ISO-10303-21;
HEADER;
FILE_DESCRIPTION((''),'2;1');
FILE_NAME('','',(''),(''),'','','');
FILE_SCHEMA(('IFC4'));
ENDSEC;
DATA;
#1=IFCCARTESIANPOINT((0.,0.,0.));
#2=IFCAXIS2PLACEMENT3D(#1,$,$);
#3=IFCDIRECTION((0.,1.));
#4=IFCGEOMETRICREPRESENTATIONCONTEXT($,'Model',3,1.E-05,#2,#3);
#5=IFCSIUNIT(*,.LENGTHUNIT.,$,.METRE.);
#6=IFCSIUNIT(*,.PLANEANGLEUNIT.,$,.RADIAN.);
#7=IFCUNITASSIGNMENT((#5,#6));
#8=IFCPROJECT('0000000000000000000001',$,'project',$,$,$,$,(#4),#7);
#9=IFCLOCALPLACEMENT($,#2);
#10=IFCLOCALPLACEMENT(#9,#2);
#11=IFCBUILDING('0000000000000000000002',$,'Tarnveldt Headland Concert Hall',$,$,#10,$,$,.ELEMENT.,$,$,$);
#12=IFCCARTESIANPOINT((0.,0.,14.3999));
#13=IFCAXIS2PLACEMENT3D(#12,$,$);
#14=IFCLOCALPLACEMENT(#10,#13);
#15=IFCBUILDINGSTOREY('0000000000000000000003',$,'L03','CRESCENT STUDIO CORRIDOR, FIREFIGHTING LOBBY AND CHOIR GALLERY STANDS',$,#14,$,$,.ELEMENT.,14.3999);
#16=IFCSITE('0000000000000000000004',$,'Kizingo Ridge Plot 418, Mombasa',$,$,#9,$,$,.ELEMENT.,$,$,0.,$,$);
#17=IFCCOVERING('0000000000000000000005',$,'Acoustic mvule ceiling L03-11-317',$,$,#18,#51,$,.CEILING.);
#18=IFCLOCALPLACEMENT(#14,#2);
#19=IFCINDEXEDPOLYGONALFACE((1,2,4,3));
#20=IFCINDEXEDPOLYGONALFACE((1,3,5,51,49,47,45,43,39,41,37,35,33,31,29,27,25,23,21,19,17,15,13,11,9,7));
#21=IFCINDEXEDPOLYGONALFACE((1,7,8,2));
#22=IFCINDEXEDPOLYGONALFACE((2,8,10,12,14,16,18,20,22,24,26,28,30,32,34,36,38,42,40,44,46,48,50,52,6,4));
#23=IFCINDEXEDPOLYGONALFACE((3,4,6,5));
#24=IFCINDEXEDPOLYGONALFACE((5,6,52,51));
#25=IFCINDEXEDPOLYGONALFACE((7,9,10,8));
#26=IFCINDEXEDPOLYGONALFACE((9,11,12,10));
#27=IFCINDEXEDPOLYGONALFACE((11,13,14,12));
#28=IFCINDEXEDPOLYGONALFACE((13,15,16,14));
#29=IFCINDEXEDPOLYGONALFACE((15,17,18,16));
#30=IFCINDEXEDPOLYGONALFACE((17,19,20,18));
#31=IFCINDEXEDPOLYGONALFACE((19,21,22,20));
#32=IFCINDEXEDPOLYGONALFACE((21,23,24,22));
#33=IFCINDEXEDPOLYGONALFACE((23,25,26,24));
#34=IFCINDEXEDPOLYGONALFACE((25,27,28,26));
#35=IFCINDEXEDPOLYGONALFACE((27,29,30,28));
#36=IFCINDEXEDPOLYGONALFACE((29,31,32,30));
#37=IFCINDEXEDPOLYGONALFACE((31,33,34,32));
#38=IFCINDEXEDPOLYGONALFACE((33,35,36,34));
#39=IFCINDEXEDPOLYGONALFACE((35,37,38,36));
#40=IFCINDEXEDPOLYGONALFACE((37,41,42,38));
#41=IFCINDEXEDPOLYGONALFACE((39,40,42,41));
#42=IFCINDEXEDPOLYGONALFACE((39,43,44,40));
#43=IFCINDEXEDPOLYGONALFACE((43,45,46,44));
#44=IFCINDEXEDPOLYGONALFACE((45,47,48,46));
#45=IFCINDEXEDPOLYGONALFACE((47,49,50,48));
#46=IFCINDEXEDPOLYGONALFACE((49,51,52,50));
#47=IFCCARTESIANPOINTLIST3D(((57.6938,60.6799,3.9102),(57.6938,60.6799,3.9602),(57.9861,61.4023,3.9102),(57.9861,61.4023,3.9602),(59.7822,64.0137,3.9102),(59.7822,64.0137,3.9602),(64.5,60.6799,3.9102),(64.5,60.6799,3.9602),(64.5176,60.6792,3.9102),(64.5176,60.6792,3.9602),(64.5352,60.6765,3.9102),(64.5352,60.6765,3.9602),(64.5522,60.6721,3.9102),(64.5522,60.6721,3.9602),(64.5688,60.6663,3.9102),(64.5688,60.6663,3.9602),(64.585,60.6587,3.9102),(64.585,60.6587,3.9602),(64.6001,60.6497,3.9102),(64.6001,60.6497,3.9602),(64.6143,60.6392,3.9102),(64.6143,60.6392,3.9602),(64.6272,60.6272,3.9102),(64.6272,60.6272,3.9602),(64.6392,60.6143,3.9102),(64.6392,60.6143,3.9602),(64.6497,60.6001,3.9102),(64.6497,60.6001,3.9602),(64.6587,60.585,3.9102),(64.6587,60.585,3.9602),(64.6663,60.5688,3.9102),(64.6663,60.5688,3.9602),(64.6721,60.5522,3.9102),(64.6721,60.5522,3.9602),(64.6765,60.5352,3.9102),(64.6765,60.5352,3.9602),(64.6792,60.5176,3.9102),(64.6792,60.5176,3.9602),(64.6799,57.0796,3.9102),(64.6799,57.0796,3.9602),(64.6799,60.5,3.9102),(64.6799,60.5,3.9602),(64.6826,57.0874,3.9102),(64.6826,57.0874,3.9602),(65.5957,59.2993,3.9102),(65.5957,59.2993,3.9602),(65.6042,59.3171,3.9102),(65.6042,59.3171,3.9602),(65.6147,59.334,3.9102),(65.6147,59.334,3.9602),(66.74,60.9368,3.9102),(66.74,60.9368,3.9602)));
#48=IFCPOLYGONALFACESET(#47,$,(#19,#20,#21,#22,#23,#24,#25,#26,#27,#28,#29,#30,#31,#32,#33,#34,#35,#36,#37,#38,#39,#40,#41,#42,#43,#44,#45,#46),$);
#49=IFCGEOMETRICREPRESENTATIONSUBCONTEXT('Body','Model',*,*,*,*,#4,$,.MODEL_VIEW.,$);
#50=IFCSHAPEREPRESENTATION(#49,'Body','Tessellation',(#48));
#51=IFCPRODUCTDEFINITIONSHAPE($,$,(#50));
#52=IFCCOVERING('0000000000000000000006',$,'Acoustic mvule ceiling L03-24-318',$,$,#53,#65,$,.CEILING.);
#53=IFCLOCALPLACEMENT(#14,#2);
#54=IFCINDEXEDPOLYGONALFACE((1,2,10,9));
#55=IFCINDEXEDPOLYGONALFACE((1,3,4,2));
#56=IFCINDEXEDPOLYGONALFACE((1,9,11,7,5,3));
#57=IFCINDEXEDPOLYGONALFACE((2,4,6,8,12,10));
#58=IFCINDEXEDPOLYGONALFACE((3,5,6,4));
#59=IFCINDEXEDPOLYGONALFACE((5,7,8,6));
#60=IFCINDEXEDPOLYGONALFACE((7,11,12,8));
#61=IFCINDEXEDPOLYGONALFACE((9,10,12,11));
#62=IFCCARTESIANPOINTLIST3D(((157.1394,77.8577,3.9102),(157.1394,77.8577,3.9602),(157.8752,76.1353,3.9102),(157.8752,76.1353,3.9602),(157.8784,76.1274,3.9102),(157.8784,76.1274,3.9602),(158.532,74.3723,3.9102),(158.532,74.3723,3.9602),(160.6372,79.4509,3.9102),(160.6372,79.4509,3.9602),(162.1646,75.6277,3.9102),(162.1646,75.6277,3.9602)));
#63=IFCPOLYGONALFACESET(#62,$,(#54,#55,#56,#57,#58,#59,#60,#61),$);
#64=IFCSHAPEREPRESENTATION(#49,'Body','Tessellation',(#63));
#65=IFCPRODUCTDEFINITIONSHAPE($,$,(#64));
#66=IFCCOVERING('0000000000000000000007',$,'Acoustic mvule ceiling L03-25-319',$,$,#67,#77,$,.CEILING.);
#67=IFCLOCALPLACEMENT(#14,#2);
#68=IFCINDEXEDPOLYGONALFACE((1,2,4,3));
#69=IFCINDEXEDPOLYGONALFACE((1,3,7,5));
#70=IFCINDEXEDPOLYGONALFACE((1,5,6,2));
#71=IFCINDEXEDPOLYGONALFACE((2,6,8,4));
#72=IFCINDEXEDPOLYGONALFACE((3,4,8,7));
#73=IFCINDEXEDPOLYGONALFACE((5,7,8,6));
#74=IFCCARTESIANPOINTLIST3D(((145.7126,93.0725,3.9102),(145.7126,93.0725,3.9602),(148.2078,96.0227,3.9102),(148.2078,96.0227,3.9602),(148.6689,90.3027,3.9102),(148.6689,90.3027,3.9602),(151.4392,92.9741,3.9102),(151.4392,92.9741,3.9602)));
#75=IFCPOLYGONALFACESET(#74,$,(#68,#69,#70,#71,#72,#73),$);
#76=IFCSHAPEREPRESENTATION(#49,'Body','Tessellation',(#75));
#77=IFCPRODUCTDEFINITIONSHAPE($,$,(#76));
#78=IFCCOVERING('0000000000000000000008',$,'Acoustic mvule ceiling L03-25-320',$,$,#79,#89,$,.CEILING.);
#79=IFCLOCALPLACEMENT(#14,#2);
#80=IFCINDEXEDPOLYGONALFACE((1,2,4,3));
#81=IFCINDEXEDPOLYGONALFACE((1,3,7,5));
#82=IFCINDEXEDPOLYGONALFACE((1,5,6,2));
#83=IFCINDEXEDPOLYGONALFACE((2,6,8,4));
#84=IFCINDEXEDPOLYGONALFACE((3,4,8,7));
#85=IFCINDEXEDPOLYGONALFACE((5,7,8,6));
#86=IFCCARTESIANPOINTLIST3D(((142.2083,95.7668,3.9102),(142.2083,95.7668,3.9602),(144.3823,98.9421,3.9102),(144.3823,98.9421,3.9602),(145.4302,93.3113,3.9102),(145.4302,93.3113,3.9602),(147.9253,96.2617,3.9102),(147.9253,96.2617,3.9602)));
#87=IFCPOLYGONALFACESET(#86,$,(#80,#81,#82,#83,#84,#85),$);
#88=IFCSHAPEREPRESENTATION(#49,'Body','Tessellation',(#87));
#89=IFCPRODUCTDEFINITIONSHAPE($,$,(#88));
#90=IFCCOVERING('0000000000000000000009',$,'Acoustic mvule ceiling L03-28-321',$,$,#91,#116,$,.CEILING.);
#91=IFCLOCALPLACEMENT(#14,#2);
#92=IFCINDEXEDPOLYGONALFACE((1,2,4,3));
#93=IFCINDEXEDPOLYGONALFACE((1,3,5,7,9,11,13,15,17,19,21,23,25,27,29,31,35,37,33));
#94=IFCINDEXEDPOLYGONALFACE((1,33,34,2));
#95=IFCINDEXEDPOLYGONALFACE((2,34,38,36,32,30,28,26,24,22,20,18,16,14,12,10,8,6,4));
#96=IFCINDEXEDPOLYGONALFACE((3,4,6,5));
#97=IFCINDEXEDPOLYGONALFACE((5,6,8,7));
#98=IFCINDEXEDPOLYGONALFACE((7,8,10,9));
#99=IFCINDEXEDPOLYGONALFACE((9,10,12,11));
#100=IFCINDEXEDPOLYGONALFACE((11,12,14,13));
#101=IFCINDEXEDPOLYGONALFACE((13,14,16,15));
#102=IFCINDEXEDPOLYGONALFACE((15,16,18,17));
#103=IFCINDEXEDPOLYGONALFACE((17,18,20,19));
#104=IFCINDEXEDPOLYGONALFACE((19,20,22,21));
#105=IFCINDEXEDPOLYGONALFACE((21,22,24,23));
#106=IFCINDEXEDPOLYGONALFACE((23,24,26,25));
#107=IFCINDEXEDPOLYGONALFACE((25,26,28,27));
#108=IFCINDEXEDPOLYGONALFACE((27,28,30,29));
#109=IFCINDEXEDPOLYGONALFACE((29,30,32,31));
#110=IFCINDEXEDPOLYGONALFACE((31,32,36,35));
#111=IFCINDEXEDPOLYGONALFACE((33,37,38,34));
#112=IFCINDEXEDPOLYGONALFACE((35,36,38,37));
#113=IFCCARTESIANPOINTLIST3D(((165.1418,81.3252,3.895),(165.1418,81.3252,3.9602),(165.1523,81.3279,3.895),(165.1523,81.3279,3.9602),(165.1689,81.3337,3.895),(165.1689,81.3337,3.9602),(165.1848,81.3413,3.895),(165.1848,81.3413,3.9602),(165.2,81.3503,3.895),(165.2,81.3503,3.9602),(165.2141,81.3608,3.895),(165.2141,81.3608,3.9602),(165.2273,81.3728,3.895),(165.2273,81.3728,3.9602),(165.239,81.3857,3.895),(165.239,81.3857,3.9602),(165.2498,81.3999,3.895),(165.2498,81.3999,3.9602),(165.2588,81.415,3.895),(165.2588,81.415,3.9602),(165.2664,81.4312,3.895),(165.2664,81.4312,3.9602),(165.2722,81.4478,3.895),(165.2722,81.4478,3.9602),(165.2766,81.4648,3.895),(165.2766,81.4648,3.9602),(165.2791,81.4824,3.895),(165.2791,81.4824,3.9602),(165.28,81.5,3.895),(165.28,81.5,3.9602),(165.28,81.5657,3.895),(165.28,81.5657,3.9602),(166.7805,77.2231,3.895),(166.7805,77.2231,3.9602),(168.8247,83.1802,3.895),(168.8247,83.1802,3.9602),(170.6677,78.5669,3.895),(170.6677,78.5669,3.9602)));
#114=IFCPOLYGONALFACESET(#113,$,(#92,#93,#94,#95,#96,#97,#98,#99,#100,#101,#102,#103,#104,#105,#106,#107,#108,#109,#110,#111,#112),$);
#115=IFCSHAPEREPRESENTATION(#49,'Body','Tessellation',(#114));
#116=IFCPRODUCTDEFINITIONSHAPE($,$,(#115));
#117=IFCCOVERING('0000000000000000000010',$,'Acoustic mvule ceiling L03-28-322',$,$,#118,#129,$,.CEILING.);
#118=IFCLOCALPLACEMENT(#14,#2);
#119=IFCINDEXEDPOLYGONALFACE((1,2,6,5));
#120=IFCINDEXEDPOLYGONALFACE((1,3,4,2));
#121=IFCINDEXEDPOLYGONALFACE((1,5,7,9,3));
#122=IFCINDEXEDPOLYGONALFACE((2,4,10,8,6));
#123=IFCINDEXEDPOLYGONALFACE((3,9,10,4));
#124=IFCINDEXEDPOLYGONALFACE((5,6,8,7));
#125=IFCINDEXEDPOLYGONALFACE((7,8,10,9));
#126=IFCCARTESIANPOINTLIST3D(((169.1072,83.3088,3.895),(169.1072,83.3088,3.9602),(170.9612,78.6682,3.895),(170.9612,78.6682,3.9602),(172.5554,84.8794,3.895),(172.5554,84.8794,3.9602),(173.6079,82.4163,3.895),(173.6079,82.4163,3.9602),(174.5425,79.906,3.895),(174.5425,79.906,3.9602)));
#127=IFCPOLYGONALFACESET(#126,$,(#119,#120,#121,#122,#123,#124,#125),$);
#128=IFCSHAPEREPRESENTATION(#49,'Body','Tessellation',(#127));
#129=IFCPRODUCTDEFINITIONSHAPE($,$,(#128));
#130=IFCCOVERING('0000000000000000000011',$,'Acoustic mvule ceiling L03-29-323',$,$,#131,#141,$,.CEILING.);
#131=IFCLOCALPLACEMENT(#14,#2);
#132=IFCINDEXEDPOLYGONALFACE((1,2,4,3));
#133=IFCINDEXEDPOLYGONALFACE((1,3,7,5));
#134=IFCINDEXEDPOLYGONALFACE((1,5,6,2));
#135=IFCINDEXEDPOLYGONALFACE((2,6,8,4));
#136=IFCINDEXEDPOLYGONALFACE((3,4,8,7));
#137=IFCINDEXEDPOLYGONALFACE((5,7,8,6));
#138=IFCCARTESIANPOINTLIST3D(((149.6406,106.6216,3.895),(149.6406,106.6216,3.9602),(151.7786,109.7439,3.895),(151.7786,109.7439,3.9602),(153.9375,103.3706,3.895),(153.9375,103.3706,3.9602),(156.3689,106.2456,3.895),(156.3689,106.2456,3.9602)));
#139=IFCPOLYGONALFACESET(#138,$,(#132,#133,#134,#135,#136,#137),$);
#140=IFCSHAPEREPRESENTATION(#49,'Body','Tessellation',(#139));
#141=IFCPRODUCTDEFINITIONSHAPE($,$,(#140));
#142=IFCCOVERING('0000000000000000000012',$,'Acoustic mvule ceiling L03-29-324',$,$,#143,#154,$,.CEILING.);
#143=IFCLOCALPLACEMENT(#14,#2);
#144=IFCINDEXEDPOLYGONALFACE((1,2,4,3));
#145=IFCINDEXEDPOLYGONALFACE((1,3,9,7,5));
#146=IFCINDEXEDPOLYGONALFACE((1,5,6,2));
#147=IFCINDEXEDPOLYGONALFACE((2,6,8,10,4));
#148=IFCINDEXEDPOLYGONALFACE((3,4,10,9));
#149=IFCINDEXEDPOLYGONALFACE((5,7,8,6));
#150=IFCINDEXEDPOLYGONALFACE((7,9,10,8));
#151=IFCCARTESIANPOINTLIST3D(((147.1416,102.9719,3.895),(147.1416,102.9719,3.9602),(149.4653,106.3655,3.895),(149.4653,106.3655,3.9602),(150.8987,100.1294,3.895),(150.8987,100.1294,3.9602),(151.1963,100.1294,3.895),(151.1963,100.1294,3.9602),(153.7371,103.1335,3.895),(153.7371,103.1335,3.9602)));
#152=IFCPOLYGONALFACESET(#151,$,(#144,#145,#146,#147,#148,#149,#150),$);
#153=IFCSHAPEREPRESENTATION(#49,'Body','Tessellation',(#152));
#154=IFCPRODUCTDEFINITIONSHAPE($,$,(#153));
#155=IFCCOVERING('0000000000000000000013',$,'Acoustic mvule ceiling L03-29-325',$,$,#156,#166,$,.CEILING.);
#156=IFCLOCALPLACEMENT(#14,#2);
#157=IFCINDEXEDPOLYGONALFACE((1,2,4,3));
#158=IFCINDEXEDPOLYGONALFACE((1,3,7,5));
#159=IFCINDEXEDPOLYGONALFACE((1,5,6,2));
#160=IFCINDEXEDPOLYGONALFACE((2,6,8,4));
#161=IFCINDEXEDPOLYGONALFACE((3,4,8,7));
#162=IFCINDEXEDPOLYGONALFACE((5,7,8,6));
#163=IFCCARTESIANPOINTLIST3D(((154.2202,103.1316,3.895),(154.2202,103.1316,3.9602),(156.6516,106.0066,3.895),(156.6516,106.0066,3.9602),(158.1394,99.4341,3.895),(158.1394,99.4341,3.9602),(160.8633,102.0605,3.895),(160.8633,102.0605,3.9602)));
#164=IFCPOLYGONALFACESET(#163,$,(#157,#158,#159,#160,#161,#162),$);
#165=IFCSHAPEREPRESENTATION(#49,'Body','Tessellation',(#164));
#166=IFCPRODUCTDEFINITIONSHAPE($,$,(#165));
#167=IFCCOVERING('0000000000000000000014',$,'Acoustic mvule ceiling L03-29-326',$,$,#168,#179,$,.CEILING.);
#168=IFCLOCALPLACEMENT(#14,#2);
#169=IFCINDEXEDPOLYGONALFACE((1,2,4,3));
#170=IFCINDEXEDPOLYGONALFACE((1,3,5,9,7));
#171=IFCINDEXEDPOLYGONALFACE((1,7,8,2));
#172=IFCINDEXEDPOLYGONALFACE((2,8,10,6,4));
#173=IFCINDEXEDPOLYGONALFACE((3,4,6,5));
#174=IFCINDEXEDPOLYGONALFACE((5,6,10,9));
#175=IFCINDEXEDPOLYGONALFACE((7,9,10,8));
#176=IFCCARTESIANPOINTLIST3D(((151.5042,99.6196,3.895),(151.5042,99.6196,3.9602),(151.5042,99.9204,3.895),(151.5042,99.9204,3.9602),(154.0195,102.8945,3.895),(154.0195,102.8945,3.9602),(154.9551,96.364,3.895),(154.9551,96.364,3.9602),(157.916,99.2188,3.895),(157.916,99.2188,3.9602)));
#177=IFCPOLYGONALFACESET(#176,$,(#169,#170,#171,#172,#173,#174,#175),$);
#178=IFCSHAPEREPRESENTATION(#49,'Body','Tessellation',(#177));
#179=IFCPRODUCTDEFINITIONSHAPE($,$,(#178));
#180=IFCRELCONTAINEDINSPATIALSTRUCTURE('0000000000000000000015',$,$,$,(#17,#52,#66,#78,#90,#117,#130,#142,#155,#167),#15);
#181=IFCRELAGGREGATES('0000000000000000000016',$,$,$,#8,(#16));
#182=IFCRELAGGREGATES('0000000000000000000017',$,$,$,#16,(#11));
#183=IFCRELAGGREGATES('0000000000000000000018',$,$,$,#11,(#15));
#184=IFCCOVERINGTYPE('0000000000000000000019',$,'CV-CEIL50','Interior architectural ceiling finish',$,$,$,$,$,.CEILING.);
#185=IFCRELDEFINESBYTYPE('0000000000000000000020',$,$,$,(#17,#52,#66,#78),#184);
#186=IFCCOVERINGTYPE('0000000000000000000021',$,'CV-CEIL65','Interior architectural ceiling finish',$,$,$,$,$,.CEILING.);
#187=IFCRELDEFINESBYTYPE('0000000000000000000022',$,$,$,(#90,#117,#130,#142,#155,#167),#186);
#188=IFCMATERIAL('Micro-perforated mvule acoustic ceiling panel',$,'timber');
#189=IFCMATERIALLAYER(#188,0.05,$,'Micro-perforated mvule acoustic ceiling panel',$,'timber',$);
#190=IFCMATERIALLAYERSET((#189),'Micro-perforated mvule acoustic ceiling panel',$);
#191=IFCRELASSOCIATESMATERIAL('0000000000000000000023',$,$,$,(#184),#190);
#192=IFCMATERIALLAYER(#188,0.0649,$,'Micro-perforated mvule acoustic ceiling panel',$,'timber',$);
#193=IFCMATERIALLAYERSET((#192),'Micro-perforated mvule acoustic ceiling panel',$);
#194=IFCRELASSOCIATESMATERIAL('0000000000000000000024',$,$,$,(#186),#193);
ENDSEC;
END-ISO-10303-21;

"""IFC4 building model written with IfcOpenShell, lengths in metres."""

from ifc_helpers import new_model, si_unit, direction, frame, origin, place, context, subcontext, project, spatial, polyline, outline, extrude, material, layer, layer_set, type_object, element, save


model = new_model("IFC4")

# Units and contexts
model_context = context("Model", 3, precision=1e-05, world=origin(), true_north=direction((0.0, 1.0)))
body_context = subcontext(model_context, "Body", "Model", "MODEL_VIEW")
ifc_project = project(units=[si_unit("LENGTHUNIT", "METRE"), si_unit("PLANEANGLEUNIT", "RADIAN")], contexts=[model_context])

# Site, building, storey
site_placement = place(None, origin())
site = spatial("IfcSite", under=ifc_project, at=site_placement, Name="Kizingo Ridge Plot 418, Mombasa", CompositionType="ELEMENT", RefElevation=0.0)
building_placement = place(site_placement, origin())
building = spatial("IfcBuilding", under=site, at=building_placement, Name="Tarnveldt Headland Concert Hall", CompositionType="ELEMENT")
storey_placement = place(building_placement, frame((0.0, 0.0, 14.3999)))
storey = spatial("IfcBuildingStorey", under=building, at=storey_placement, Name="L03", Description="CRESCENT STUDIO CORRIDOR, FIREFIGHTING LOBBY AND CHOIR GALLERY STANDS", CompositionType="ELEMENT", Elevation=14.3999)

# Coverings
ifc_material_1 = material(Name="Micro-perforated mvule acoustic ceiling panel", Category="timber")
ifc_layer_1 = layer(ifc_material_1, 0.05, Name="Micro-perforated mvule acoustic ceiling panel", Category="timber")
ifc_layer_set_1 = layer_set([ifc_layer_1], Name="Micro-perforated mvule acoustic ceiling panel")
covering_type_1 = type_object("IfcCoveringType", Name="CV-CEIL50", Description="Interior architectural ceiling finish", PredefinedType="CEILING", material=ifc_layer_set_1)
covering_1_placement = place(storey_placement, frame((0.0, 0.0, 3.9102)))
element("IfcCovering", 1, at=covering_1_placement, inside=storey, type_object=covering_type_1, Name="Acoustic mvule ceiling L03-11-317", PredefinedType="CEILING", context=body_context, shape_type="SweptSolid", body=[
    extrude(outline(polyline([(66.74, 60.9368), (65.6147, 59.334), (65.6042, 59.3171), (65.5957, 59.2993), (64.6826, 57.0874), (64.6799, 57.0796), (64.6799, 60.5), (64.6792, 60.5176), (64.6765, 60.5352), (64.6721, 60.5522), (64.6663, 60.5688), (64.6587, 60.585), (64.6497, 60.6001), (64.6392, 60.6143), (64.6272, 60.6272), (64.6143, 60.6392), (64.6001, 60.6497), (64.585, 60.6587), (64.5688, 60.6663), (64.5522, 60.6721), (64.5352, 60.6765), (64.5176, 60.6792), (64.5, 60.6799), (57.6938, 60.6799), (57.9861, 61.4023), (59.7822, 64.0137), (66.74, 60.9368)])), origin(), (0.0, 0.0, 1.0), 0.05),
])
covering_2_placement = place(storey_placement, frame((0.0, 0.0, 3.9102)))
element("IfcCovering", 2, at=covering_2_placement, inside=storey, type_object=covering_type_1, Name="Acoustic mvule ceiling L03-24-318", PredefinedType="CEILING", context=body_context, shape_type="SweptSolid", body=[
    extrude(outline(polyline([(157.8784, 76.1274), (157.8752, 76.1353), (157.1394, 77.8577), (160.6372, 79.4509), (162.1646, 75.6277), (158.532, 74.3723), (157.8784, 76.1274)])), origin(), (0.0, 0.0, 1.0), 0.05),
])
covering_3_placement = place(storey_placement, frame((0.0, 0.0, 3.9102)))
element("IfcCovering", 3, at=covering_3_placement, inside=storey, type_object=covering_type_1, Name="Acoustic mvule ceiling L03-25-319", PredefinedType="CEILING", context=body_context, shape_type="SweptSolid", body=[
    extrude(outline(polyline([(145.7126, 93.0725), (148.2078, 96.0227), (151.4392, 92.9741), (148.6689, 90.3027), (145.7126, 93.0725)])), origin(), (0.0, 0.0, 1.0), 0.05),
])
covering_4_placement = place(storey_placement, frame((0.0, 0.0, 3.9102)))
element("IfcCovering", 4, at=covering_4_placement, inside=storey, type_object=covering_type_1, Name="Acoustic mvule ceiling L03-25-320", PredefinedType="CEILING", context=body_context, shape_type="SweptSolid", body=[
    extrude(outline(polyline([(147.9253, 96.2617), (145.4302, 93.3113), (142.2083, 95.7668), (144.3823, 98.9421), (147.9253, 96.2617)])), origin(), (0.0, 0.0, 1.0), 0.05),
])
ifc_layer_2 = layer(ifc_material_1, 0.0649, Name="Micro-perforated mvule acoustic ceiling panel", Category="timber")
ifc_layer_set_2 = layer_set([ifc_layer_2], Name="Micro-perforated mvule acoustic ceiling panel")
covering_type_2 = type_object("IfcCoveringType", Name="CV-CEIL65", Description="Interior architectural ceiling finish", PredefinedType="CEILING", material=ifc_layer_set_2)
covering_5_placement = place(storey_placement, frame((0.0, 0.0, 3.895)))
element("IfcCovering", 5, at=covering_5_placement, inside=storey, type_object=covering_type_2, Name="Acoustic mvule ceiling L03-28-321", PredefinedType="CEILING", context=body_context, shape_type="SweptSolid", body=[
    extrude(outline(polyline([(165.1848, 81.3413), (165.2, 81.3503), (165.2141, 81.3608), (165.2273, 81.3728), (165.239, 81.3857), (165.2498, 81.3999), (165.2588, 81.415), (165.2664, 81.4312), (165.2722, 81.4478), (165.2766, 81.4648), (165.2791, 81.4824), (165.28, 81.5), (165.28, 81.5657), (168.8247, 83.1802), (170.6677, 78.5669), (166.7805, 77.2231), (165.1418, 81.3252), (165.1523, 81.3279), (165.1689, 81.3337), (165.1848, 81.3413)])), origin(), (0.0, 0.0, 1.0), 0.0652),
])
covering_6_placement = place(storey_placement, frame((0.0, 0.0, 3.895)))
element("IfcCovering", 6, at=covering_6_placement, inside=storey, type_object=covering_type_2, Name="Acoustic mvule ceiling L03-28-322", PredefinedType="CEILING", context=body_context, shape_type="SweptSolid", body=[
    extrude(outline(polyline([(173.6079, 82.4163), (174.5425, 79.906), (170.9612, 78.6682), (169.1072, 83.3088), (172.5554, 84.8794), (173.6079, 82.4163)])), origin(), (0.0, 0.0, 1.0), 0.0652),
])
covering_7_placement = place(storey_placement, frame((0.0, 0.0, 3.895)))
element("IfcCovering", 7, at=covering_7_placement, inside=storey, type_object=covering_type_2, Name="Acoustic mvule ceiling L03-29-323", PredefinedType="CEILING", context=body_context, shape_type="SweptSolid", body=[
    extrude(outline(polyline([(153.9375, 103.3706), (149.6406, 106.6216), (151.7786, 109.7439), (156.3689, 106.2456), (153.9375, 103.3706)])), origin(), (0.0, 0.0, 1.0), 0.0652),
])
covering_8_placement = place(storey_placement, frame((0.0, 0.0, 3.895)))
element("IfcCovering", 8, at=covering_8_placement, inside=storey, type_object=covering_type_2, Name="Acoustic mvule ceiling L03-29-324", PredefinedType="CEILING", context=body_context, shape_type="SweptSolid", body=[
    extrude(outline(polyline([(150.8987, 100.1294), (147.1416, 102.9719), (149.4653, 106.3655), (153.7371, 103.1335), (151.1963, 100.1294), (150.8987, 100.1294)])), origin(), (0.0, 0.0, 1.0), 0.0652),
])
covering_9_placement = place(storey_placement, frame((0.0, 0.0, 3.895)))
element("IfcCovering", 9, at=covering_9_placement, inside=storey, type_object=covering_type_2, Name="Acoustic mvule ceiling L03-29-325", PredefinedType="CEILING", context=body_context, shape_type="SweptSolid", body=[
    extrude(outline(polyline([(156.6516, 106.0066), (160.8633, 102.0605), (158.1394, 99.4341), (154.2202, 103.1316), (156.6516, 106.0066)])), origin(), (0.0, 0.0, 1.0), 0.0652),
])
covering_10_placement = place(storey_placement, frame((0.0, 0.0, 3.895)))
element("IfcCovering", 10, at=covering_10_placement, inside=storey, type_object=covering_type_2, Name="Acoustic mvule ceiling L03-29-326", PredefinedType="CEILING", context=body_context, shape_type="SweptSolid", body=[
    extrude(outline(polyline([(151.5042, 99.9204), (154.0195, 102.8945), (157.916, 99.2188), (154.9551, 96.364), (151.5042, 99.6196), (151.5042, 99.9204)])), origin(), (0.0, 0.0, 1.0), 0.0652),
])

save(model, "model.ifc")
